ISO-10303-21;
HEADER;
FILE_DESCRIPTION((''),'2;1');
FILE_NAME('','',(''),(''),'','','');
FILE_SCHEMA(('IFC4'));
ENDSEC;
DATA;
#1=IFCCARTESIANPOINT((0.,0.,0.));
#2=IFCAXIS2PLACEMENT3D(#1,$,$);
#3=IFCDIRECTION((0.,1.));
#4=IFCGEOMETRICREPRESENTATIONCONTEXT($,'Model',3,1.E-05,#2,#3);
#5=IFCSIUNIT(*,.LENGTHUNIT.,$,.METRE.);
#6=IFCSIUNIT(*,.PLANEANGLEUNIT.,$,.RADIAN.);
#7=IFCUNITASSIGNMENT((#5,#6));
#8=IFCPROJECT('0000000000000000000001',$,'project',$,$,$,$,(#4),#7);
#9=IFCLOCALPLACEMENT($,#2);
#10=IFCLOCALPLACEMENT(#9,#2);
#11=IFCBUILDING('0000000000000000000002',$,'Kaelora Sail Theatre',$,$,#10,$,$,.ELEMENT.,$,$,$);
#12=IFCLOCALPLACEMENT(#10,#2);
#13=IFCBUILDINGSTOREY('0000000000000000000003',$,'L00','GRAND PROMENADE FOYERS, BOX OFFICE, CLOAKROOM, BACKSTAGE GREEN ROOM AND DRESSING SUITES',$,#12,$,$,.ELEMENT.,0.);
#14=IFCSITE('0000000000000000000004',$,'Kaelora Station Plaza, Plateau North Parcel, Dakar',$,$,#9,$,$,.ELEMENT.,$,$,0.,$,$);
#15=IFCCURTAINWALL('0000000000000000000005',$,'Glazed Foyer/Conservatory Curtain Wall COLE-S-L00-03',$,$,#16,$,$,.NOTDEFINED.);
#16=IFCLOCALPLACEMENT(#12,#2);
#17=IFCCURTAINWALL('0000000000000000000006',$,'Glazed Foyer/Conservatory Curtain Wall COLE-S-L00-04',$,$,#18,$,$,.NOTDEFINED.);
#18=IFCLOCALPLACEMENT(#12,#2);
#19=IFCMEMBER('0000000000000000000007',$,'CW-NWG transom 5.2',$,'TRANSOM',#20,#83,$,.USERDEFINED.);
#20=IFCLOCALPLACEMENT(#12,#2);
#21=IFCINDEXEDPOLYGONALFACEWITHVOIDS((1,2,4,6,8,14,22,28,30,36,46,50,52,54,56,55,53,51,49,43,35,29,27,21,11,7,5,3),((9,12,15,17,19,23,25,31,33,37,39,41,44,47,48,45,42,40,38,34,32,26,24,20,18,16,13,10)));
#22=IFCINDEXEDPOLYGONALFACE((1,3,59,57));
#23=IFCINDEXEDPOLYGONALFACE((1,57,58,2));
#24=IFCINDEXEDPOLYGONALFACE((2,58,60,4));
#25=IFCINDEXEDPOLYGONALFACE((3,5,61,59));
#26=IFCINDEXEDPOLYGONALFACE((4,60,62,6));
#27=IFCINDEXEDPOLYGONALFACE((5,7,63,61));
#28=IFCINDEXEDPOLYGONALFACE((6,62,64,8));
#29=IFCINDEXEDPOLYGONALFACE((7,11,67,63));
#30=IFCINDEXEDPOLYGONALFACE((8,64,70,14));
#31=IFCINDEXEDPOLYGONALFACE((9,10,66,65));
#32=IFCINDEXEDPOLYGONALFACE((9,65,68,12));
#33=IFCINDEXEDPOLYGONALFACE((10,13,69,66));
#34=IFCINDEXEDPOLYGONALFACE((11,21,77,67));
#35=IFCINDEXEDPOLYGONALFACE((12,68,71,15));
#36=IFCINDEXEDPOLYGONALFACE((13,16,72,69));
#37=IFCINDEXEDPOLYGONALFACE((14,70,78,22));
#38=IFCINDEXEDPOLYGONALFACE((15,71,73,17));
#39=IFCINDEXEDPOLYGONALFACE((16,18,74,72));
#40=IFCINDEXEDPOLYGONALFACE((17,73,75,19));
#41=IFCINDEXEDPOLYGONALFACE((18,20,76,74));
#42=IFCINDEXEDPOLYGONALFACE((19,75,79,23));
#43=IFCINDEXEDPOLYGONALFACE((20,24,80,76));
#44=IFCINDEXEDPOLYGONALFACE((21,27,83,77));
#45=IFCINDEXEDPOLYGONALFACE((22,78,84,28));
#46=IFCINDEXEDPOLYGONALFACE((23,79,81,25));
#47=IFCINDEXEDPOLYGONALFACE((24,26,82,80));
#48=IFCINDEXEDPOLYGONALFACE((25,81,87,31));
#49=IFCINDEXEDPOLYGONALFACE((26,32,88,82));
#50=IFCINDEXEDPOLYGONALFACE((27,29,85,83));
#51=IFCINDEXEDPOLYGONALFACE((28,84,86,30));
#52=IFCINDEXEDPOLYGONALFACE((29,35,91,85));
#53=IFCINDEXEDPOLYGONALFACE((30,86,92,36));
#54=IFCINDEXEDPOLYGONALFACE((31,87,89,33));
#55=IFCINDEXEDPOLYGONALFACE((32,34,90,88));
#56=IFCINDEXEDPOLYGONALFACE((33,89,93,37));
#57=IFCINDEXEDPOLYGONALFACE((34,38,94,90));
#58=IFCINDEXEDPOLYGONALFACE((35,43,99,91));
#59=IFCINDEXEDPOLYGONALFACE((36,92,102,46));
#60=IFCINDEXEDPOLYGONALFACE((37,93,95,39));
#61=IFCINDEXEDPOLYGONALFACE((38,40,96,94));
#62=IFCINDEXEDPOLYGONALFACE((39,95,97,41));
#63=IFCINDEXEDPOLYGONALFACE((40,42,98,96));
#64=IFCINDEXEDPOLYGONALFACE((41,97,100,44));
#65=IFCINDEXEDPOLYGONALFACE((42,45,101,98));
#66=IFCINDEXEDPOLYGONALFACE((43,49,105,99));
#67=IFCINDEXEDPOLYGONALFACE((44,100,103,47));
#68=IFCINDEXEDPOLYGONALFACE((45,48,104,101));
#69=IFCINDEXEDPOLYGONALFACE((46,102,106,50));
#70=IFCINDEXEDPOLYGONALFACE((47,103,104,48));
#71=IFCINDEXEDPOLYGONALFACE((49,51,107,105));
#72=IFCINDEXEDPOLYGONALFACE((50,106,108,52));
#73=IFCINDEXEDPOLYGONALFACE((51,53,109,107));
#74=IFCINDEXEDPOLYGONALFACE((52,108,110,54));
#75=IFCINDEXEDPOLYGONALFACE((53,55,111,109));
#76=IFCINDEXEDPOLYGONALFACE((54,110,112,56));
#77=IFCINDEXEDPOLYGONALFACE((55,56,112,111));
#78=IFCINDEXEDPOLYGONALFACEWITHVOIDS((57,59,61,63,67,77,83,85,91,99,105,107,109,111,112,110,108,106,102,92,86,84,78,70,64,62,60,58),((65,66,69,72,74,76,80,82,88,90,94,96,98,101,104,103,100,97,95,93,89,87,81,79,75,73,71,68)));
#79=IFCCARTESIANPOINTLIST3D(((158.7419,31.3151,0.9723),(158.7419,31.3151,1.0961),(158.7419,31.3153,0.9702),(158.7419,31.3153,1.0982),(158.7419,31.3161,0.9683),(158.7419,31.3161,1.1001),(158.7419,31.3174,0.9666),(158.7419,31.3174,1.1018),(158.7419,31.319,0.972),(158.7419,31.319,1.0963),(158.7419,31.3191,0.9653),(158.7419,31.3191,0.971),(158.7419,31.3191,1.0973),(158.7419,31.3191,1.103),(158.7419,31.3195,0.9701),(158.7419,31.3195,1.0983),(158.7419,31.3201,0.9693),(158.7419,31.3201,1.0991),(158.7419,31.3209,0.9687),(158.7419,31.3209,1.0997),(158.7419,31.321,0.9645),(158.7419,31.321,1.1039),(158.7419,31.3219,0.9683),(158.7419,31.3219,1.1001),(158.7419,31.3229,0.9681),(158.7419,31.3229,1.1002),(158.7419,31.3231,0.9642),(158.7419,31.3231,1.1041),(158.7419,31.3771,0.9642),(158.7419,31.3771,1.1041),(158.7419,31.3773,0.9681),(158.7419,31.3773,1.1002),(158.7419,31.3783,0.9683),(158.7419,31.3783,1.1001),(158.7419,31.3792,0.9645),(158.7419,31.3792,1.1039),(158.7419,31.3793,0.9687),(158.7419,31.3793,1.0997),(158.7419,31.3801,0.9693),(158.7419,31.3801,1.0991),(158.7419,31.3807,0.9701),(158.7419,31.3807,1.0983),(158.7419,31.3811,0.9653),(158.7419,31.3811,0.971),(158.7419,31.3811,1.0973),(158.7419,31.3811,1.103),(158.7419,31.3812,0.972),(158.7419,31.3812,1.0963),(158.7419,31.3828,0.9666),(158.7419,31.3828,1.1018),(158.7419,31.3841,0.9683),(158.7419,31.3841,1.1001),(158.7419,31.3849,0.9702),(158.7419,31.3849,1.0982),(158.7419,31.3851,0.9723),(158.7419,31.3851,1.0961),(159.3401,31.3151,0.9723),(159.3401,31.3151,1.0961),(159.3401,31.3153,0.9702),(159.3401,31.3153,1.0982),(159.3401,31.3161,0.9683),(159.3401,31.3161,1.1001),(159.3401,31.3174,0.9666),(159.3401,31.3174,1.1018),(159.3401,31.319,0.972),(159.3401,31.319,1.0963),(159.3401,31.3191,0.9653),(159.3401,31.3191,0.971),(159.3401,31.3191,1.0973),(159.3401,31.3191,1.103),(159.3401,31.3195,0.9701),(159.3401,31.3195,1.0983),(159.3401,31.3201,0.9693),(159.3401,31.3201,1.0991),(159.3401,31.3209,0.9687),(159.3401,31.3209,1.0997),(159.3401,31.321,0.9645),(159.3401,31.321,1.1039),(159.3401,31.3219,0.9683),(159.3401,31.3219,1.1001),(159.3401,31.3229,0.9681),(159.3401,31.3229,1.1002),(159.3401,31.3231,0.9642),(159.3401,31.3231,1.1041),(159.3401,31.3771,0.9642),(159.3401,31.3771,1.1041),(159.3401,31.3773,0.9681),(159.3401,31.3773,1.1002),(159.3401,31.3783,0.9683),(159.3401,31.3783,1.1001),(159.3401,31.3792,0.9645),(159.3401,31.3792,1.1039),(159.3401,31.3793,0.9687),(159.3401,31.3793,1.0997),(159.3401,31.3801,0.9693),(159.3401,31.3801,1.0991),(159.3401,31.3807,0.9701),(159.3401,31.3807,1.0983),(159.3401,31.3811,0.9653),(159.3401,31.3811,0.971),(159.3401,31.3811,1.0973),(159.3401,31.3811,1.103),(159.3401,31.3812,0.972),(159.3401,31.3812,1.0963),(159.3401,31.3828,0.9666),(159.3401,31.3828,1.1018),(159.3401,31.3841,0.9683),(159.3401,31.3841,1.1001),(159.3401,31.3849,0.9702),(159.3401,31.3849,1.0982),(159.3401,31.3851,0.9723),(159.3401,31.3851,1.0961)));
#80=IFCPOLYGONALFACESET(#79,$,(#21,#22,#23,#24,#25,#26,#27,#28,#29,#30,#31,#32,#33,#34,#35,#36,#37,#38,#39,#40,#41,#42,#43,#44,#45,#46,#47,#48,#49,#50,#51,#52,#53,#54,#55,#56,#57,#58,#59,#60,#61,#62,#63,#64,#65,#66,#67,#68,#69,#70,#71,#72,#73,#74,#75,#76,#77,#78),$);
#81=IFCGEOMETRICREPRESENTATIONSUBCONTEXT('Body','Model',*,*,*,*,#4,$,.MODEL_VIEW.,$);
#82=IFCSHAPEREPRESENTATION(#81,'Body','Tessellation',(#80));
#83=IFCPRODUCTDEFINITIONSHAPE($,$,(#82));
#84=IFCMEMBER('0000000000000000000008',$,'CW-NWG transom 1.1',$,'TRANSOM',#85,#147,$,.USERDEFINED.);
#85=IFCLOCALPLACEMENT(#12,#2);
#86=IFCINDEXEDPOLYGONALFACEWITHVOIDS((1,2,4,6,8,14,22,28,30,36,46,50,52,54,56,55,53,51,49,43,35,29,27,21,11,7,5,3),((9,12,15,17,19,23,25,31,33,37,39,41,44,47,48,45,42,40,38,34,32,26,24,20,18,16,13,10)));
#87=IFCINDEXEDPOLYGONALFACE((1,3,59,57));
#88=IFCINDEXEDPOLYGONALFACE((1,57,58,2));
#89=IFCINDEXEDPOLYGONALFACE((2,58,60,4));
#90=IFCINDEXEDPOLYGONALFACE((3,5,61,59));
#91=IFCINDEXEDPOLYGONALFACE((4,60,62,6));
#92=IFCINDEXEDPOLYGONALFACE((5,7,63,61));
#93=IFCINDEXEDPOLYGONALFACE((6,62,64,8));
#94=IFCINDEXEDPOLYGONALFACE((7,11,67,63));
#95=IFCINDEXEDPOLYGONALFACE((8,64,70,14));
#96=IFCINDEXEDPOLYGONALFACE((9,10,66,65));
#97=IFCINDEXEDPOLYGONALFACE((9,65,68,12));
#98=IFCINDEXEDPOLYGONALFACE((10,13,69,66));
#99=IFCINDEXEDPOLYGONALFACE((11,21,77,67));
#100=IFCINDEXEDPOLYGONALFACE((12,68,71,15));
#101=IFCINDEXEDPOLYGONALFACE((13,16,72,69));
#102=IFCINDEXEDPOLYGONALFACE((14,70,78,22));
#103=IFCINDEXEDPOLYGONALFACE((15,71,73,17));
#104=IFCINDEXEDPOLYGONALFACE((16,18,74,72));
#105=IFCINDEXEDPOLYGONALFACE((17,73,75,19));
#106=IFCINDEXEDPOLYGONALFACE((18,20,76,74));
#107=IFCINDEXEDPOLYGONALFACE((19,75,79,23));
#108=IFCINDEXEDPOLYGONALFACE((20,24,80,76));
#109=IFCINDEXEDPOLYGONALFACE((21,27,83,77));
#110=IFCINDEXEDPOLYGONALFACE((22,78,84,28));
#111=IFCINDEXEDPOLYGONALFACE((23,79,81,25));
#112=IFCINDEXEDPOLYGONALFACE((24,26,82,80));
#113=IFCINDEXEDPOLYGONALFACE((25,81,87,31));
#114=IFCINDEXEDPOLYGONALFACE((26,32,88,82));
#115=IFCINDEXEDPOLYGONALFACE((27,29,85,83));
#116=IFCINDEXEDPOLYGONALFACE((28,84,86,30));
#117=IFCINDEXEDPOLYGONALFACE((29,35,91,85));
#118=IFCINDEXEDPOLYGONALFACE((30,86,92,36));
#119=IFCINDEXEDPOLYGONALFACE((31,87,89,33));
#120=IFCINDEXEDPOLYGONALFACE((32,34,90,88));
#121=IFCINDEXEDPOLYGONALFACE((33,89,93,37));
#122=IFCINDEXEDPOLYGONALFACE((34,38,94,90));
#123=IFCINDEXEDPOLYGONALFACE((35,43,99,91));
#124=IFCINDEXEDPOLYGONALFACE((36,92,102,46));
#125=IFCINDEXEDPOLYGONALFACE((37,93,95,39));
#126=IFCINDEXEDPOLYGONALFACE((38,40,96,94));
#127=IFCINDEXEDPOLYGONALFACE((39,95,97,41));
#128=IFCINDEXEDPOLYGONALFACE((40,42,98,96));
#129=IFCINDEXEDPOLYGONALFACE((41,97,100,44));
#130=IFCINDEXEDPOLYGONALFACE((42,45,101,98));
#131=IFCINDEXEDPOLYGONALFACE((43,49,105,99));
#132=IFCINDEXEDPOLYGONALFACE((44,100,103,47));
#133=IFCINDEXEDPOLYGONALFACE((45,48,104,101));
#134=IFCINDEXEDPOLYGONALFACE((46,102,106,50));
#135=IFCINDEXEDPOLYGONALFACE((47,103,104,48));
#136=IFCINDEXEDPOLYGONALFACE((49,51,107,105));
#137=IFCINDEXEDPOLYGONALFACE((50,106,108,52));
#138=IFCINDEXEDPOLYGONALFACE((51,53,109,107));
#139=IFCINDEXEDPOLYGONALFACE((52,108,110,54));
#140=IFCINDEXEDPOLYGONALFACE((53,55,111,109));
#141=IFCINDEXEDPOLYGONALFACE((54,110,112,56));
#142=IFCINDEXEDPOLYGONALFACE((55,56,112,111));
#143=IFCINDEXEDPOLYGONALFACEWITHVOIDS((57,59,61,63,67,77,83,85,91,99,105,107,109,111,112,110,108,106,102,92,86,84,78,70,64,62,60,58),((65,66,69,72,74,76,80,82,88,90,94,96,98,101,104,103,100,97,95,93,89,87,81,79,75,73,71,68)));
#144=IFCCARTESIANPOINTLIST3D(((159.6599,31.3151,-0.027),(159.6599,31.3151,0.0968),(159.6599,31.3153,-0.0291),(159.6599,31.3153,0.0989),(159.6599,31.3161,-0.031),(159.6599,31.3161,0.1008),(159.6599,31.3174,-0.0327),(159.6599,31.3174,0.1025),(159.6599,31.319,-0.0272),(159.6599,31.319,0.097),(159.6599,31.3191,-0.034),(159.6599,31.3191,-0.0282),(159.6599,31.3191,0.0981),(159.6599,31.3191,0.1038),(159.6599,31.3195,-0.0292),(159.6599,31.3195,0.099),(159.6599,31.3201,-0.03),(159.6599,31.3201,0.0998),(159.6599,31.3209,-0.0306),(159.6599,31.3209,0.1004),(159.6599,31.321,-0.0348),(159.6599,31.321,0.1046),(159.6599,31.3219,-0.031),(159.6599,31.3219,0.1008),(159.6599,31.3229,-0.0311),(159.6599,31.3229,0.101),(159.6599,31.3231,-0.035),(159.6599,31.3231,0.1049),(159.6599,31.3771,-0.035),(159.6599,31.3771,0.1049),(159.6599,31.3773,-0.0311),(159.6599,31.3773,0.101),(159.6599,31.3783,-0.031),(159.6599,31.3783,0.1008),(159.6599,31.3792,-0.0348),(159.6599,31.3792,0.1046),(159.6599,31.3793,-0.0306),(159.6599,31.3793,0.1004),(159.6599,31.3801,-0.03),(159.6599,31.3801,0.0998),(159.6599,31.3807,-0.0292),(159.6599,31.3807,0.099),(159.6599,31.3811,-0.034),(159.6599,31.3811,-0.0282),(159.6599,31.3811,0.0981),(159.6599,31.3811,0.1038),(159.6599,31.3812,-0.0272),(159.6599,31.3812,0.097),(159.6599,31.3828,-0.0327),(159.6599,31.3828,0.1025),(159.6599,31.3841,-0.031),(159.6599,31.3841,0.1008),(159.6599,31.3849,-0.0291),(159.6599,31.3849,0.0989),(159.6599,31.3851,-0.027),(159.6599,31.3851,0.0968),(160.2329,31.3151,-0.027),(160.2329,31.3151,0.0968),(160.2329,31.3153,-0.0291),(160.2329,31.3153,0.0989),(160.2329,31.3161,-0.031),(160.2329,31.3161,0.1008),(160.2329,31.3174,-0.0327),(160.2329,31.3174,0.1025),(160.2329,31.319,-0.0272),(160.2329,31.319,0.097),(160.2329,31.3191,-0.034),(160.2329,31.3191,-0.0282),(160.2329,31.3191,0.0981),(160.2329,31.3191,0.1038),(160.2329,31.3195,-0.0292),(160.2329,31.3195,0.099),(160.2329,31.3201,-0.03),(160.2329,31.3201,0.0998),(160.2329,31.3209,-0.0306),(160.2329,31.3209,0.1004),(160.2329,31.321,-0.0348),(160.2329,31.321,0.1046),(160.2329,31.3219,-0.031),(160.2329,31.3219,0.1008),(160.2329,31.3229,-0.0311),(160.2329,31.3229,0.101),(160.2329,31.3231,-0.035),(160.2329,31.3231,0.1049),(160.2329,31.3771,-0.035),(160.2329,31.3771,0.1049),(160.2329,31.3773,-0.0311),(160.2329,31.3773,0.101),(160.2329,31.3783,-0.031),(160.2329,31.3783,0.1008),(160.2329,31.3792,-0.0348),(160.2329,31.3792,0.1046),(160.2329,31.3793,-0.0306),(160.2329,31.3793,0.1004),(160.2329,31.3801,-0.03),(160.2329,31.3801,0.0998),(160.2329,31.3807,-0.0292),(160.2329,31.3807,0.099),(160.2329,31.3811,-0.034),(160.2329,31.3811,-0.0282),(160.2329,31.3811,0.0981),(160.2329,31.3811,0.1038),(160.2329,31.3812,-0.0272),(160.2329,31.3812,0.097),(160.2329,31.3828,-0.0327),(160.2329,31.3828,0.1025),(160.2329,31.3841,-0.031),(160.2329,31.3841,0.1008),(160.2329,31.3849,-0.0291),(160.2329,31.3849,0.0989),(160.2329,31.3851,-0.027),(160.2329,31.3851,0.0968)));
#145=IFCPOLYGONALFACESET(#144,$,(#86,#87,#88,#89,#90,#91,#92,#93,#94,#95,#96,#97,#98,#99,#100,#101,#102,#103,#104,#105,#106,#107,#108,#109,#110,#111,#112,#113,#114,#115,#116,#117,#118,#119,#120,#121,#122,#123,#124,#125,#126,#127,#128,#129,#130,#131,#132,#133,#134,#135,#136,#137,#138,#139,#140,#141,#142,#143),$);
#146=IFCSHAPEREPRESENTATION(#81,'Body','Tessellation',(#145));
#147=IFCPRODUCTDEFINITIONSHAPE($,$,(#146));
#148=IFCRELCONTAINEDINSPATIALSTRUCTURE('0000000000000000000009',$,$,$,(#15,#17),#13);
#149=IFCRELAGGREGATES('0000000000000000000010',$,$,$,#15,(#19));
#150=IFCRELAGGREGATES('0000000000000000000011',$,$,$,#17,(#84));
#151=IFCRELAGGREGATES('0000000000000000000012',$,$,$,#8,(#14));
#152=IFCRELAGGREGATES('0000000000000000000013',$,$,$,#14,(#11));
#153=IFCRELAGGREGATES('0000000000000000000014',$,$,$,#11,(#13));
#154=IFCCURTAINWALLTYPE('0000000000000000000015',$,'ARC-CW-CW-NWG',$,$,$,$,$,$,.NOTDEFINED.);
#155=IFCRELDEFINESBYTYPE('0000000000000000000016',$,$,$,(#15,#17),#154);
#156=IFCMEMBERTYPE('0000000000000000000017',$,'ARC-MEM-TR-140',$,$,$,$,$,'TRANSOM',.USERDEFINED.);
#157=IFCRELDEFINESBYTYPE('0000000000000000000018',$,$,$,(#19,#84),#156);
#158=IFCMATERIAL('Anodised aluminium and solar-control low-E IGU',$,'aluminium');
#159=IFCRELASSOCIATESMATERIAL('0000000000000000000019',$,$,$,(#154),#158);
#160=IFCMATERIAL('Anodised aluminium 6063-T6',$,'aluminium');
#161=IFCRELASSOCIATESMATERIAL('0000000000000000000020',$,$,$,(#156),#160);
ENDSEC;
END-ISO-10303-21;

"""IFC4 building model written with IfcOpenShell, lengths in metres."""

from ifc_helpers import new_model, si_unit, direction, frame, origin, origin_2d, place, context, subcontext, project, spatial, hollow_rectangle, extrude, material, material_profile, profile_set, type_object, element, aggregate, save


model = new_model("IFC4")

# Units and contexts
model_context = context("Model", 3, precision=1e-05, world=origin(), true_north=direction((0.0, 1.0)))
body_context = subcontext(model_context, "Body", "Model", "MODEL_VIEW")
ifc_project = project(units=[si_unit("LENGTHUNIT", "METRE"), si_unit("PLANEANGLEUNIT", "RADIAN")], contexts=[model_context])

# Site, building, storey
site_placement = place(None, origin())
site = spatial("IfcSite", under=ifc_project, at=site_placement, Name="Kaelora Station Plaza, Plateau North Parcel, Dakar", CompositionType="ELEMENT", RefElevation=0.0)
building_placement = place(site_placement, origin())
building = spatial("IfcBuilding", under=site, at=building_placement, Name="Kaelora Sail Theatre", CompositionType="ELEMENT")
storey_placement = place(building_placement, origin())
storey = spatial("IfcBuildingStorey", under=building, at=storey_placement, Name="L00", Description="GRAND PROMENADE FOYERS, BOX OFFICE, CLOAKROOM, BACKSTAGE GREEN ROOM AND DRESSING SUITES", CompositionType="ELEMENT", Elevation=0.0)

# Curtain walls
ifc_material_1 = material(Name="Anodised aluminium and solar-control low-E IGU", Category="aluminium")
curtain_wall_type = type_object("IfcCurtainWallType", Name="ARC-CW-CW-NWG", PredefinedType="NOTDEFINED", material=ifc_material_1)
curtain_wall_1_placement = place(storey_placement, origin())
curtain_wall_1 = element("IfcCurtainWall", 1, at=curtain_wall_1_placement, inside=storey, type_object=curtain_wall_type, Name="Glazed Foyer/Conservatory Curtain Wall COLE-S-L00-03", PredefinedType="NOTDEFINED")
curtain_wall_2_placement = place(storey_placement, origin())
curtain_wall_2 = element("IfcCurtainWall", 2, at=curtain_wall_2_placement, inside=storey, type_object=curtain_wall_type, Name="Glazed Foyer/Conservatory Curtain Wall COLE-S-L00-04", PredefinedType="NOTDEFINED")

# Members
ifc_material_2 = material(Name="Anodised aluminium 6063-T6", Category="aluminium")
ifc_material_profile_1 = material_profile(ifc_material_2, hollow_rectangle(XDim=0.0701, YDim=0.1399, WallThickness=0.0039, InnerFilletRadius=0.0039, OuterFilletRadius=0.0081, at=origin_2d()), Name="ALU-TRAN 70x140x4")
ifc_profile_set_1 = profile_set([ifc_material_profile_1], Name="Anodised aluminium 6063-T6")
member_type_1 = type_object("IfcMemberType", Name="ARC-MEM-TR-140", ElementType="TRANSOM", PredefinedType="USERDEFINED", material=ifc_profile_set_1)
member_1_placement = place(storey_placement, frame((158.7419, 31.3501, 1.0342), z_axis=(1.0, 0.0, 0.0), x_axis=(0.0, 1.0, 0.0)))
member_1 = element("IfcMember", 3, at=member_1_placement, type_object=member_type_1, Name="CW-NWG transom 5.2", ObjectType="TRANSOM", PredefinedType="USERDEFINED", context=body_context, shape_type="SweptSolid", body=[
    extrude(hollow_rectangle(XDim=0.0701, YDim=0.1399, WallThickness=0.0039, InnerFilletRadius=0.0039, OuterFilletRadius=0.0081, at=origin_2d()), origin(), (0.0, 0.0, 1.0), 0.5981),
])
member_2_placement = place(storey_placement, frame((159.6599, 31.3501, 0.0349), z_axis=(1.0, 0.0, 0.0), x_axis=(0.0, 1.0, 0.0)))
member_2 = element("IfcMember", 4, at=member_2_placement, type_object=member_type_1, Name="CW-NWG transom 1.1", ObjectType="TRANSOM", PredefinedType="USERDEFINED", context=body_context, shape_type="SweptSolid", body=[
    extrude(hollow_rectangle(XDim=0.0701, YDim=0.1399, WallThickness=0.0039, InnerFilletRadius=0.0039, OuterFilletRadius=0.0081, at=origin_2d()), origin(), (0.0, 0.0, 1.0), 0.573),
])

aggregate(curtain_wall_1, [member_1])
aggregate(curtain_wall_2, [member_2])

save(model, "model.ifc")
